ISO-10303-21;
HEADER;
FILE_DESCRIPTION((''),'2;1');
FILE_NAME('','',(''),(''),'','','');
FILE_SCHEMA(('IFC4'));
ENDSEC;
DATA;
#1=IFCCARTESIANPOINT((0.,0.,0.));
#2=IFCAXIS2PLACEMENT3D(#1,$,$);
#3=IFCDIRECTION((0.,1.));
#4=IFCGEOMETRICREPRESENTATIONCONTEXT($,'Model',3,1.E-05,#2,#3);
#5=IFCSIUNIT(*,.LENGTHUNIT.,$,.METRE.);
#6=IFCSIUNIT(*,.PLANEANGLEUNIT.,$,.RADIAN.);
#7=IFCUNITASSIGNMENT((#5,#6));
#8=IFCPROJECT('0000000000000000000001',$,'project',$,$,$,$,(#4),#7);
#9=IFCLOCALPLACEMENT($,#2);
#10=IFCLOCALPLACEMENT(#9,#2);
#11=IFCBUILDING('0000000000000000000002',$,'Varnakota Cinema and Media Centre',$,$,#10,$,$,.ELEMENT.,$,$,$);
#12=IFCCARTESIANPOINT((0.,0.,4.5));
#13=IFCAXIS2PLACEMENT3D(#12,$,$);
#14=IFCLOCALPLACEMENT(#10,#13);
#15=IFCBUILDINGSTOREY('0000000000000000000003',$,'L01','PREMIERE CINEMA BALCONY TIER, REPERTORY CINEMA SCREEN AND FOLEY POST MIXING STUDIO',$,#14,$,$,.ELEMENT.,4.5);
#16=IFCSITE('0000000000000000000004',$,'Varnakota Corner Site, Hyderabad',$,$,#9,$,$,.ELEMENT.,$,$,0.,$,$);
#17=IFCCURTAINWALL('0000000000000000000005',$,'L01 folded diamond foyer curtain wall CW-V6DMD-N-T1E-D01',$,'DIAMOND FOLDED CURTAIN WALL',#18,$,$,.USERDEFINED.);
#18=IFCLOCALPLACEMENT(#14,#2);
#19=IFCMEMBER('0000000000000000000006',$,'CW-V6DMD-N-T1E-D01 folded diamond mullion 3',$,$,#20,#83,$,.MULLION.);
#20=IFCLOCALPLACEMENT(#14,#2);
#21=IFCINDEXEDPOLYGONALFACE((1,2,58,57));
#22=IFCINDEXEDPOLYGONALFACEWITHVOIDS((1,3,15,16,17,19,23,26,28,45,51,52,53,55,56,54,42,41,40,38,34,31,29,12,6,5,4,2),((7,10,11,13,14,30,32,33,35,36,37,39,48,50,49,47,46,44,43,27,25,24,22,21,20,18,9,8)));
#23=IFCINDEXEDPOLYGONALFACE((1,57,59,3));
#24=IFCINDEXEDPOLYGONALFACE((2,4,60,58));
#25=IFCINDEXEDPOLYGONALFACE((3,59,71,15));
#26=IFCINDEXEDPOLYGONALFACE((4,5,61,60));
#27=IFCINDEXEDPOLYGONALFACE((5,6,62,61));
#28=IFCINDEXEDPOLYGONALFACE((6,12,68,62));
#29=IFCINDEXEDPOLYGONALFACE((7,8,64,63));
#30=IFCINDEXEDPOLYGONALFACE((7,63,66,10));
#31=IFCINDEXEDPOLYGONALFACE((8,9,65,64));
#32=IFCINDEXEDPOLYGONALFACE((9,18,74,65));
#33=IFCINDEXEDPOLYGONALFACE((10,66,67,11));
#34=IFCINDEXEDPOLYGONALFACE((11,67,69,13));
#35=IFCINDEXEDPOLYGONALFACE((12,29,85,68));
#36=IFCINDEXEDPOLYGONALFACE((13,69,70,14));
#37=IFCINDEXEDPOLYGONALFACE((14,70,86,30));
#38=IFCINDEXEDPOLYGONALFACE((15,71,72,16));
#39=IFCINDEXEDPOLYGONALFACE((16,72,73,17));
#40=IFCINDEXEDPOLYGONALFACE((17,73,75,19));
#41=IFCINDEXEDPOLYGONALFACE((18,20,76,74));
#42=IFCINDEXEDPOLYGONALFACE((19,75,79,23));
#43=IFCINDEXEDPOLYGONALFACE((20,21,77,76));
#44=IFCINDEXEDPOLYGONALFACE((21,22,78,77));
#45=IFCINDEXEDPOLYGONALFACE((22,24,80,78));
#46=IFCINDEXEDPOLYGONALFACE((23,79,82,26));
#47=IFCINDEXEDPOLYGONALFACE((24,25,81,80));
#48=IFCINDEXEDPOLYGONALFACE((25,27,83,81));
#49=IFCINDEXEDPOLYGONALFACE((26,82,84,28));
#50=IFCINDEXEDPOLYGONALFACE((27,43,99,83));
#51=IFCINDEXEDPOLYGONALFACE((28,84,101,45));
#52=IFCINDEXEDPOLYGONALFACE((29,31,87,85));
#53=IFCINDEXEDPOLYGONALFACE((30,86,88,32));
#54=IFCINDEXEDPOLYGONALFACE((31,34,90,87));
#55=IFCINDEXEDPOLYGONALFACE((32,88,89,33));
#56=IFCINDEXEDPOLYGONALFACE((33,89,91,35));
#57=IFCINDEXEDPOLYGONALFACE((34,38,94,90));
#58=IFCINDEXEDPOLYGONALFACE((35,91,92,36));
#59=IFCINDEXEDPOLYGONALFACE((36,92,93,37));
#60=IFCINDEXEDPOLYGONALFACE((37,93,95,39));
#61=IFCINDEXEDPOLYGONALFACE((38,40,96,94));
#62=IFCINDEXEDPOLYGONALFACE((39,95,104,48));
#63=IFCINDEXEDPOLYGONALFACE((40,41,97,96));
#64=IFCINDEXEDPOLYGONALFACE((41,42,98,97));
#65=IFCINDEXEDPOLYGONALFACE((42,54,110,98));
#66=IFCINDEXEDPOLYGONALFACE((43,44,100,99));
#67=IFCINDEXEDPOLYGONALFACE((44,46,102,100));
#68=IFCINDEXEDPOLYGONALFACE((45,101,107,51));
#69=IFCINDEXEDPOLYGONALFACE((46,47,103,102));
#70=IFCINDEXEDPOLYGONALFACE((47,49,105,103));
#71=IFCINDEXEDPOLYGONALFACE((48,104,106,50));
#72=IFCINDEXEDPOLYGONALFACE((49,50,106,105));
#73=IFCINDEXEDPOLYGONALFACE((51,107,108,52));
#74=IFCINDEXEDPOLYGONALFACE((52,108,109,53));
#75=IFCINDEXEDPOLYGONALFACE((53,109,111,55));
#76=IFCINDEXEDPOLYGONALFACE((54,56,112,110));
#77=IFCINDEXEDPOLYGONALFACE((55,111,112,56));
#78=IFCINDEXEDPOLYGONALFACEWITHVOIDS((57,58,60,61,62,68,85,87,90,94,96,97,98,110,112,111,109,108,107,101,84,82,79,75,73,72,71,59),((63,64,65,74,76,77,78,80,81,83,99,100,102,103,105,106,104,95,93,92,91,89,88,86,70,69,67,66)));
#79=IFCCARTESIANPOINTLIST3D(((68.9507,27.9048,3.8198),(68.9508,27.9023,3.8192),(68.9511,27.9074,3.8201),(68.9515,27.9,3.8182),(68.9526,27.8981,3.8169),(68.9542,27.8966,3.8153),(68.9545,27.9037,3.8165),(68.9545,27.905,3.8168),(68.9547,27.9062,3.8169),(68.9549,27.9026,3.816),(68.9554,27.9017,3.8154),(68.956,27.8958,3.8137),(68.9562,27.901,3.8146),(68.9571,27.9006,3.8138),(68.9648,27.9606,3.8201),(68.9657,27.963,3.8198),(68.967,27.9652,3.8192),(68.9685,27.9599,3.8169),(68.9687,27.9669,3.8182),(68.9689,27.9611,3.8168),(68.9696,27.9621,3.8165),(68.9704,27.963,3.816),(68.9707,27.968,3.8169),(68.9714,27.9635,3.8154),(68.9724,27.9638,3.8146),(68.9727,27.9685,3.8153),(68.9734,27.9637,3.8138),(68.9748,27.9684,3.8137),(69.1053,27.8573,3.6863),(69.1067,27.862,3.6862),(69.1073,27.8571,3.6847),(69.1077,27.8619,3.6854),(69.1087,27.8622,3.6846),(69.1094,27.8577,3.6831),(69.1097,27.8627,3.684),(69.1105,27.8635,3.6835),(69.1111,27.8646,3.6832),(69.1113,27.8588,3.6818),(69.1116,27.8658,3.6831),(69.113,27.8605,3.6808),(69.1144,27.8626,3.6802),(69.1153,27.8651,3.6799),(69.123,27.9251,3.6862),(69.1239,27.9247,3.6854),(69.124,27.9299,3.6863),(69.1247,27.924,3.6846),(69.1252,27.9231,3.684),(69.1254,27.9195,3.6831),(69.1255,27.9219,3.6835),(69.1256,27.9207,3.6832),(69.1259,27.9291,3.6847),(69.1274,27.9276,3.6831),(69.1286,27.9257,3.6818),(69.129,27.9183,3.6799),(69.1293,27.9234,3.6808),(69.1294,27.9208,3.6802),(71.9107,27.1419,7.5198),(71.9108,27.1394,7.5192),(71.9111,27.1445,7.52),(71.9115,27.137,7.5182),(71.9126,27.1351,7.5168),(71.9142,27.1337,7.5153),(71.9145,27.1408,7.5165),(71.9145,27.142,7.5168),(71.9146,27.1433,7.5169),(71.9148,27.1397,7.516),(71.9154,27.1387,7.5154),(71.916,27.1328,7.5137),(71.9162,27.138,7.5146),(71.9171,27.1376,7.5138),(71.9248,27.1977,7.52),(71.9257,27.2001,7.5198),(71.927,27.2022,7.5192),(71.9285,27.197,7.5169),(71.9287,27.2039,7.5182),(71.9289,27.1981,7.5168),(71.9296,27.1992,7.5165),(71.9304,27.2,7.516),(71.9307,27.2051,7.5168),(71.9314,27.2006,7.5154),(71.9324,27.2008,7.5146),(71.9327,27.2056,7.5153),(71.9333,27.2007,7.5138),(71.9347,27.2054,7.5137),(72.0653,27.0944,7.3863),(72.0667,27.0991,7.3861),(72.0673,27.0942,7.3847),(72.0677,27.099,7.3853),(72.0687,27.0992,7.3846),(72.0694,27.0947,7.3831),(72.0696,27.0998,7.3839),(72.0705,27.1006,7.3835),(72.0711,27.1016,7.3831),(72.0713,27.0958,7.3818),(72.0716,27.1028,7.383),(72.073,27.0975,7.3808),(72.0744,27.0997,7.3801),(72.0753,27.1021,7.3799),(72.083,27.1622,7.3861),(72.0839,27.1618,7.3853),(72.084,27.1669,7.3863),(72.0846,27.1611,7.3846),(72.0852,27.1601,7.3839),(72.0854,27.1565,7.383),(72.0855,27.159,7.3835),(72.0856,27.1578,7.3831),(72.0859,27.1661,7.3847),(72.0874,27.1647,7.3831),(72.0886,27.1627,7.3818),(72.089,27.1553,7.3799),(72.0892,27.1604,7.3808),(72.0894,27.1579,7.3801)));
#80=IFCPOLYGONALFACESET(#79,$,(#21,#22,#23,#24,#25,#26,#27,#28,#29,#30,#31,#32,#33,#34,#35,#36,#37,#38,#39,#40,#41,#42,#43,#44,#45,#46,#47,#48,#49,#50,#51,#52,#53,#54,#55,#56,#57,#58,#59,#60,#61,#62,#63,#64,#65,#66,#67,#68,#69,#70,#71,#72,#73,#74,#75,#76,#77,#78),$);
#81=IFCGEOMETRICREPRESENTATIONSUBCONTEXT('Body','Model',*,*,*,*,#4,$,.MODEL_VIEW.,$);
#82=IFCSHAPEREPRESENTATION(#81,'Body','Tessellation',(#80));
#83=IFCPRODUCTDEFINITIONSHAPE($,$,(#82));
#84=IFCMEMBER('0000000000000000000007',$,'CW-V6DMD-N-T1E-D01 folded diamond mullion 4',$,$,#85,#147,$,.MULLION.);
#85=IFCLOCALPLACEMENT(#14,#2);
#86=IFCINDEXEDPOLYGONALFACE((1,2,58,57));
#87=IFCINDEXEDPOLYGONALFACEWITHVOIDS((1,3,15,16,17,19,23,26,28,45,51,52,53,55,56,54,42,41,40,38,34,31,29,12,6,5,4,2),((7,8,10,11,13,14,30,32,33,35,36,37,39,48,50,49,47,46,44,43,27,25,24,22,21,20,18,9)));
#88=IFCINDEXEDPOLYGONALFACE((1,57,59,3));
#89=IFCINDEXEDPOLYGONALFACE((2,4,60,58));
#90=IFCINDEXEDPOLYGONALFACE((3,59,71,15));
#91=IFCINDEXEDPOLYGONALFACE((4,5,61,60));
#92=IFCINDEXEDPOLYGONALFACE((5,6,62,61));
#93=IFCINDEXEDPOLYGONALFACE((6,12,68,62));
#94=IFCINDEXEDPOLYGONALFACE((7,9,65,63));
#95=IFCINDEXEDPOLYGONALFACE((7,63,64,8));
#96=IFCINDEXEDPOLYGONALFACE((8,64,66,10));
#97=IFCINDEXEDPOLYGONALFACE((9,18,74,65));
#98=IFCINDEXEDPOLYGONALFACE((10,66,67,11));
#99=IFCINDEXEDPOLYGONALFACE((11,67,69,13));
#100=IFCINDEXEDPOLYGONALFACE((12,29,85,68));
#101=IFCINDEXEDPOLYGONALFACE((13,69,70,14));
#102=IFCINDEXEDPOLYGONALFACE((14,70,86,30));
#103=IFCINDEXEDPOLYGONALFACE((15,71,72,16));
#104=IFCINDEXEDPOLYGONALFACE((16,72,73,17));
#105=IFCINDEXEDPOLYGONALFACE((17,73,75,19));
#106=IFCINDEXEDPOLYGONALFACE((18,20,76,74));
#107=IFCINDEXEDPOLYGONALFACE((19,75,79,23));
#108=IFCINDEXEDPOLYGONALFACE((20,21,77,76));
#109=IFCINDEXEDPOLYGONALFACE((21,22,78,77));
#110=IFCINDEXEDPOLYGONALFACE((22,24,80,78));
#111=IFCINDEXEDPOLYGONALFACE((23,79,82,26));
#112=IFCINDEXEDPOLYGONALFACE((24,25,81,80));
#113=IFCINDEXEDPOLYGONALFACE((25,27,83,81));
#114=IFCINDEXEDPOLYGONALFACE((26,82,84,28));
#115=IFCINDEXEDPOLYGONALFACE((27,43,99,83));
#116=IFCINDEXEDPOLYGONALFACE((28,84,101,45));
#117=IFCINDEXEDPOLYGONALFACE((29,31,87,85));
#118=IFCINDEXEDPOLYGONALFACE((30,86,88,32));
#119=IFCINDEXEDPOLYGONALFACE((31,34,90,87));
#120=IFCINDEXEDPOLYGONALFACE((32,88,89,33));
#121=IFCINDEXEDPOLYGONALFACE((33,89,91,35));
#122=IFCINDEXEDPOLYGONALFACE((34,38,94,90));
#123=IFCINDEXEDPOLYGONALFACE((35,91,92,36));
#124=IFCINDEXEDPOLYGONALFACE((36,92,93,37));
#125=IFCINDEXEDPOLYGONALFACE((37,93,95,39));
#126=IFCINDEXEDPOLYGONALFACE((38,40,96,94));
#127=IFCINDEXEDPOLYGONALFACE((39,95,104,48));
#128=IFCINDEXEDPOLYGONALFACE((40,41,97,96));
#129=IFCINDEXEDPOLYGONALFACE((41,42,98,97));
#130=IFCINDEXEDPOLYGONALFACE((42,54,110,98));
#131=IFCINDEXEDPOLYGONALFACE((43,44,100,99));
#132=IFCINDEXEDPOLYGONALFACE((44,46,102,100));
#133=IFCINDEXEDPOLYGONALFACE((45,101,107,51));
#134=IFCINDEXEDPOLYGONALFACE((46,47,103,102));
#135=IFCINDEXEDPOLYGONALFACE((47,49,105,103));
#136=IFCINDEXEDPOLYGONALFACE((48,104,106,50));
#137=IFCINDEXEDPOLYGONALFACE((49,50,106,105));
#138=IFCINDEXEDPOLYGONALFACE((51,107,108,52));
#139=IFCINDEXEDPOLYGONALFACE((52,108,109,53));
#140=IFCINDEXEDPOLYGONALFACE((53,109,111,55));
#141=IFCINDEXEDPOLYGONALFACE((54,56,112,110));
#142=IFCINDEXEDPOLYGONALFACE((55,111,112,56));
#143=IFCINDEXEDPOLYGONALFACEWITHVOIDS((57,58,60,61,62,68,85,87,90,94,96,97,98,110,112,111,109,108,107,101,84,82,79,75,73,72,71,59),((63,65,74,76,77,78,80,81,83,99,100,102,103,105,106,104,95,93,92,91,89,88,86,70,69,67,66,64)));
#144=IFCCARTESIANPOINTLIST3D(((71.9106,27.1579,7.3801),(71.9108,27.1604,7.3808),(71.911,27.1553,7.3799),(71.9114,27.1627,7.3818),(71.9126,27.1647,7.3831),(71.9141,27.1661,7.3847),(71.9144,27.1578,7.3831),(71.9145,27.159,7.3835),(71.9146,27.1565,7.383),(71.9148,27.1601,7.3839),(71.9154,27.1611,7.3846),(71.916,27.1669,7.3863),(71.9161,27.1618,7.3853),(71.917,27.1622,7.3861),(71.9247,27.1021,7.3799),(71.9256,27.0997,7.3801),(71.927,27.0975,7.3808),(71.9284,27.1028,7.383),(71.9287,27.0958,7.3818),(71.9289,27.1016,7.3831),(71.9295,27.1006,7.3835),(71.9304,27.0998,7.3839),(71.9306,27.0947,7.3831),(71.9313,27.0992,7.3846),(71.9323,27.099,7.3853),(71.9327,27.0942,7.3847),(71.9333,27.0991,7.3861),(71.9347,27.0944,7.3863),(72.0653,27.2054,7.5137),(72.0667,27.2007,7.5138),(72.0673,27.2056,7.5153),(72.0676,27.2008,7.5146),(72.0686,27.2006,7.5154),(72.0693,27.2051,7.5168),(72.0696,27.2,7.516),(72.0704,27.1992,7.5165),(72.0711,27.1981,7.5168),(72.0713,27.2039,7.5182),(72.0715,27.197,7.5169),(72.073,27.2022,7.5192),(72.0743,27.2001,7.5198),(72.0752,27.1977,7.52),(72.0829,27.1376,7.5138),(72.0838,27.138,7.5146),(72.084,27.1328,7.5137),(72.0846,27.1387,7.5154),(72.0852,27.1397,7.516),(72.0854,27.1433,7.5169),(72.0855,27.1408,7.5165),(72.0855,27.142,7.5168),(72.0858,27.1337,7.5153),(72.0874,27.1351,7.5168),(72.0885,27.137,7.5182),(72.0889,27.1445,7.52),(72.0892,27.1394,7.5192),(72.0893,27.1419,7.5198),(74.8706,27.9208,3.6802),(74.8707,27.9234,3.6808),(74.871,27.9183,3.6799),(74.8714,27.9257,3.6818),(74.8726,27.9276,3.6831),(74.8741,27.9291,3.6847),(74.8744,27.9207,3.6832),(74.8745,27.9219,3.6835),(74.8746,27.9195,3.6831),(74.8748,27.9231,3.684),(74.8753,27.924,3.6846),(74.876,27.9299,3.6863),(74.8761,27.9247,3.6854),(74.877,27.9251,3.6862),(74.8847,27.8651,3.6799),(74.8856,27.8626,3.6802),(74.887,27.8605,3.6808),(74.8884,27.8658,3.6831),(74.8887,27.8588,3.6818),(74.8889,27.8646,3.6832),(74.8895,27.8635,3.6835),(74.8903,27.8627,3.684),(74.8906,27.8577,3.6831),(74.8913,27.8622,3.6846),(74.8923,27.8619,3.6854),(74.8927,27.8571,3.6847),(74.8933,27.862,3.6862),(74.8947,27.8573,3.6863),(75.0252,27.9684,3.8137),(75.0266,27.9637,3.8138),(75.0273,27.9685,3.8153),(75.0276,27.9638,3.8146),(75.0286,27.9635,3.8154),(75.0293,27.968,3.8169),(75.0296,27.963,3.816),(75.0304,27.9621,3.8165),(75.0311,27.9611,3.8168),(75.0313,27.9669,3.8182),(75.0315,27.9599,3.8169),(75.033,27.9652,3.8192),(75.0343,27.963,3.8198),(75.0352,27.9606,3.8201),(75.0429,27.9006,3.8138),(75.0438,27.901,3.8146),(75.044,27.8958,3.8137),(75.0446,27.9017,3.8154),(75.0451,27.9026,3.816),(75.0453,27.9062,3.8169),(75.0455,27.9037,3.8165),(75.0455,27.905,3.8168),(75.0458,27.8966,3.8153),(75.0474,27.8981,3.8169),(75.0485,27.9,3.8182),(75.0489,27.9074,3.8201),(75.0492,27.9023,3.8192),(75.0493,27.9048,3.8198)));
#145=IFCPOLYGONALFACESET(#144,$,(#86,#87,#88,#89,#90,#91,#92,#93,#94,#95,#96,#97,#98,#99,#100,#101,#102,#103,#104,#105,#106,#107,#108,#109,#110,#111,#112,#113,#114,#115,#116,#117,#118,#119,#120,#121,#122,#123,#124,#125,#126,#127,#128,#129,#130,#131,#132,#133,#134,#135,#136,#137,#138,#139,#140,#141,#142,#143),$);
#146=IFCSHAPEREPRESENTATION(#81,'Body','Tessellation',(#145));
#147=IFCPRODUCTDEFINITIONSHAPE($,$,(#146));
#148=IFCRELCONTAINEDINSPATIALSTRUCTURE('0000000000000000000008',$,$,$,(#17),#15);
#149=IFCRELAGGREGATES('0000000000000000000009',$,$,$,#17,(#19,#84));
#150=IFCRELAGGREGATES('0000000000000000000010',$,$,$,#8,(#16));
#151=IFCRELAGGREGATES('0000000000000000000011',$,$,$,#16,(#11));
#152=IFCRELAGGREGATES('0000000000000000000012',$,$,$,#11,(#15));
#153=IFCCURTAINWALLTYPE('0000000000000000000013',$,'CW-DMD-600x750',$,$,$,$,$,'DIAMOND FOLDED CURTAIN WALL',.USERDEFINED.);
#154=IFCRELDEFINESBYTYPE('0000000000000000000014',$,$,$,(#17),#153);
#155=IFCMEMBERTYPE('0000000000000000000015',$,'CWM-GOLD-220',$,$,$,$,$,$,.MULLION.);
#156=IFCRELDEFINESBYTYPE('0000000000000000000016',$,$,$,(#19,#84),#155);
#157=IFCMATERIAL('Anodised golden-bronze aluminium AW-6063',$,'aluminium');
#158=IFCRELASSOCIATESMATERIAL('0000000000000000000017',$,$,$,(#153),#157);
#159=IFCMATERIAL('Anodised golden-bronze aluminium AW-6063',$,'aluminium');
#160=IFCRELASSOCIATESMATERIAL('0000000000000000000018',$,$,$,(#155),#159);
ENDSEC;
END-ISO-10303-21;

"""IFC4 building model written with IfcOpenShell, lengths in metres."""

from ifc_helpers import new_model, si_unit, direction, frame, origin, origin_2d, place, context, subcontext, project, spatial, hollow_rectangle, extrude, material, material_profile, profile_set, type_object, element, aggregate, save


model = new_model("IFC4")

# Units and contexts
model_context = context("Model", 3, precision=1e-05, world=origin(), true_north=direction((0.0, 1.0)))
body_context = subcontext(model_context, "Body", "Model", "MODEL_VIEW")
ifc_project = project(units=[si_unit("LENGTHUNIT", "METRE"), si_unit("PLANEANGLEUNIT", "RADIAN")], contexts=[model_context])

# Site, building, storey
site_placement = place(None, origin())
site = spatial("IfcSite", under=ifc_project, at=site_placement, Name="Varnakota Corner Site, Hyderabad", CompositionType="ELEMENT", RefElevation=0.0)
building_placement = place(site_placement, origin())
building = spatial("IfcBuilding", under=site, at=building_placement, Name="Varnakota Cinema and Media Centre", CompositionType="ELEMENT")
storey_placement = place(building_placement, frame((0.0, 0.0, 4.5)))
storey = spatial("IfcBuildingStorey", under=building, at=storey_placement, Name="L01", Description="PREMIERE CINEMA BALCONY TIER, REPERTORY CINEMA SCREEN AND FOLEY POST MIXING STUDIO", CompositionType="ELEMENT", Elevation=4.5)

# Curtain wall, members
ifc_material_1 = material(Name="Anodised golden-bronze aluminium AW-6063", Category="aluminium")
curtain_wall_type = type_object("IfcCurtainWallType", Name="CW-DMD-600x750", ElementType="DIAMOND FOLDED CURTAIN WALL", PredefinedType="USERDEFINED", material=ifc_material_1)
curtain_wall_placement = place(storey_placement, origin())
curtain_wall = element("IfcCurtainWall", 1, at=curtain_wall_placement, inside=storey, type_object=curtain_wall_type, Name="L01 folded diamond foyer curtain wall CW-V6DMD-N-T1E-D01", ObjectType="DIAMOND FOLDED CURTAIN WALL", PredefinedType="USERDEFINED")
ifc_material_2 = material(Name="Anodised golden-bronze aluminium AW-6063", Category="aluminium")
ifc_material_profile_1 = material_profile(ifc_material_2, hollow_rectangle(XDim=0.075, YDim=0.22, WallThickness=0.0049, InnerFilletRadius=0.0049, OuterFilletRadius=0.01, at=origin_2d()), Name="AL-MULLION 220x75x5")
ifc_profile_set_1 = profile_set([ifc_material_profile_1], Name="Anodised golden-bronze aluminium AW-6063")
member_type_1 = type_object("IfcMemberType", Name="CWM-GOLD-220", PredefinedType="MULLION", material=ifc_profile_set_1)
member_1_placement = place(storey_placement, frame((69.04, 27.9128, 3.75), z_axis=(0.616751, -0.15897, 0.770939), x_axis=(0.249595, 0.96835, 0.0)))
member_1 = element("IfcMember", 2, at=member_1_placement, type_object=member_type_1, Name="CW-V6DMD-N-T1E-D01 folded diamond mullion 3", PredefinedType="MULLION", context=body_context, shape_type="SweptSolid", body=[
    extrude(hollow_rectangle(XDim=0.075, YDim=0.22, WallThickness=0.0049, InnerFilletRadius=0.0049, OuterFilletRadius=0.01, at=origin_2d()), origin(), (0.0, 0.0, 1.0), 4.7993),
])
member_2_placement = place(storey_placement, frame((74.96, 27.9128, 3.75), z_axis=(-0.616751, -0.15897, 0.770939), x_axis=(0.249595, -0.96835, 0.0)))
member_2 = element("IfcMember", 3, at=member_2_placement, type_object=member_type_1, Name="CW-V6DMD-N-T1E-D01 folded diamond mullion 4", PredefinedType="MULLION", context=body_context, shape_type="SweptSolid", body=[
    extrude(hollow_rectangle(XDim=0.075, YDim=0.22, WallThickness=0.0049, InnerFilletRadius=0.0049, OuterFilletRadius=0.01, at=origin_2d()), origin(), (0.0, 0.0, 1.0), 4.7993),
])

aggregate(curtain_wall, [member_1, member_2])

save(model, "model.ifc")
